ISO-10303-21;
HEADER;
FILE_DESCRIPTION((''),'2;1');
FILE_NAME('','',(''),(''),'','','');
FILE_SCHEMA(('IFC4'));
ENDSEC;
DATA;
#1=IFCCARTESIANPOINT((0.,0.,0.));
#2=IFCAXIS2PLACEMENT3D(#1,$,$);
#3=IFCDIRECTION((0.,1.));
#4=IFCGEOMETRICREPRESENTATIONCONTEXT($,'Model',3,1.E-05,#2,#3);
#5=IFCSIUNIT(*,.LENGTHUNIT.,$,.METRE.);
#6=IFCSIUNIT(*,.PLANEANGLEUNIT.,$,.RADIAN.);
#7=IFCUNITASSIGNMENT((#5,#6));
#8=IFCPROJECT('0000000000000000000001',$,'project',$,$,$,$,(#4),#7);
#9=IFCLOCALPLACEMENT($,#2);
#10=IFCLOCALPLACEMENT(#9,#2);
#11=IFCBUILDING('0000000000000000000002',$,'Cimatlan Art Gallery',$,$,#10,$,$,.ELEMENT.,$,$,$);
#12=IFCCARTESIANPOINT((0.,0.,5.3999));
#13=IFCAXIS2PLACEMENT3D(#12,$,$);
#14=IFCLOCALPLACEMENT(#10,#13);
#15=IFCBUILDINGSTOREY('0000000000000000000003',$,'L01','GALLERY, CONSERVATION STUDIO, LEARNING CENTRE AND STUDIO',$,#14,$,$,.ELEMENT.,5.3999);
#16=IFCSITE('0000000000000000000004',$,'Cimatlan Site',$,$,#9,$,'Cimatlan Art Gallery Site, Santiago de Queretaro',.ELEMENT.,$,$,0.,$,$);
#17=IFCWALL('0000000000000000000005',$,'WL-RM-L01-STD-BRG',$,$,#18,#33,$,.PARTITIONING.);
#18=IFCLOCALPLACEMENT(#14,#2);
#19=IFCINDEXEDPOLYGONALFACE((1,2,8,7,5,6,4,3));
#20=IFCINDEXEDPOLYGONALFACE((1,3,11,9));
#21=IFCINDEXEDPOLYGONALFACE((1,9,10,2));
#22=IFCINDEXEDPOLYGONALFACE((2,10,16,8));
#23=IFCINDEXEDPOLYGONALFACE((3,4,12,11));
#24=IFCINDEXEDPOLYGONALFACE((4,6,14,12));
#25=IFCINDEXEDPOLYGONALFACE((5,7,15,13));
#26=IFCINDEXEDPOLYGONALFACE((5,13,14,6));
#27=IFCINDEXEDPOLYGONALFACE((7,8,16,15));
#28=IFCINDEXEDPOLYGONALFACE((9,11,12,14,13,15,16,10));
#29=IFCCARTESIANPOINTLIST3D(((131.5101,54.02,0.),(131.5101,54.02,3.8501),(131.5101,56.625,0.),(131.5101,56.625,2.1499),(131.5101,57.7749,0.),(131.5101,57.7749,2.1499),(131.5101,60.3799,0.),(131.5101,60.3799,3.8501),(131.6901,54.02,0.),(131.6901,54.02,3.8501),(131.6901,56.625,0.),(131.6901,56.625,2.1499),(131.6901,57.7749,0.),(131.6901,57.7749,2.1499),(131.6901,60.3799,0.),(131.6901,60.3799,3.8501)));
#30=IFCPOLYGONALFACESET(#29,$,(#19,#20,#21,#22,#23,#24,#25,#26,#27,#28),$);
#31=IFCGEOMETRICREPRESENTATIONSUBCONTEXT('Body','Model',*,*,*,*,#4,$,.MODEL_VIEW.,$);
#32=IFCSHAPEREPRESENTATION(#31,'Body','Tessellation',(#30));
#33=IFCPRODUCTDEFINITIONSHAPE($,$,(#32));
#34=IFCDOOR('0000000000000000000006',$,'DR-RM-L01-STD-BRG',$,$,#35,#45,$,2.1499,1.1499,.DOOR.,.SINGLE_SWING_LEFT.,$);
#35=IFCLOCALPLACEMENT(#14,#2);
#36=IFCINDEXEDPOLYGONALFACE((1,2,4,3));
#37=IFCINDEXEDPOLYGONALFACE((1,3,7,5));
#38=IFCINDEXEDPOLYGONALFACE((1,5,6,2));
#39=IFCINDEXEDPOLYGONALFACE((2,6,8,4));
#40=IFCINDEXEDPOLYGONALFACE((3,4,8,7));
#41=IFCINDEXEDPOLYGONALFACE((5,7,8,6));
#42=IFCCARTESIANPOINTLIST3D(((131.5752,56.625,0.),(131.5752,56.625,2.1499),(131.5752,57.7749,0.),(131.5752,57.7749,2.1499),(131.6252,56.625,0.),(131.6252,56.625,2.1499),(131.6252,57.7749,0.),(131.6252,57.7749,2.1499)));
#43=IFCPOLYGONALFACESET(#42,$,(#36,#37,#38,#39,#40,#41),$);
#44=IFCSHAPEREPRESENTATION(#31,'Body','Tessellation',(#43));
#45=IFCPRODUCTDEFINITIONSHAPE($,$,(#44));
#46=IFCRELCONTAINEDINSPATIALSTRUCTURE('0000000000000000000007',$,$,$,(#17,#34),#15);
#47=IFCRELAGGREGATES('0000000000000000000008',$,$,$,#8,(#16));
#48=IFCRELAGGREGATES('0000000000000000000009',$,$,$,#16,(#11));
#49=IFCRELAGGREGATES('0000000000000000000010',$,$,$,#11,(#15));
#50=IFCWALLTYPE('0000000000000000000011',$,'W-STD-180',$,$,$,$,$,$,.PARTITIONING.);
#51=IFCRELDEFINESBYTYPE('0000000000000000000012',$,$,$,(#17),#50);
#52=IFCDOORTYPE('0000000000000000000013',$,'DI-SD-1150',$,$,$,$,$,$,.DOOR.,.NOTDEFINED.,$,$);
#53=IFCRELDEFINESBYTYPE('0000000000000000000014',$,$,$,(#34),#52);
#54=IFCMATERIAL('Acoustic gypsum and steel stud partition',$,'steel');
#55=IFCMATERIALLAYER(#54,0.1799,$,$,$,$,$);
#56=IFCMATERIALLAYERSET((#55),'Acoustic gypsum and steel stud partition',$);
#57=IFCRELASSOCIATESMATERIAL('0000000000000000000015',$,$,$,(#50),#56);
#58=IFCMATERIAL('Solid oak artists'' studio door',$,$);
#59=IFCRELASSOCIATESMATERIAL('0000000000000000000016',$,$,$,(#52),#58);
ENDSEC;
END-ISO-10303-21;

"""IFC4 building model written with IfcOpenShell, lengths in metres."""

from ifc_helpers import new_model, si_unit, direction, frame, frame_2d, origin, place, context, subcontext, project, spatial, rectangle, extrude, material, layer, layer_set, type_object, element, fill, save


model = new_model("IFC4")

# Units and contexts
model_context = context("Model", 3, precision=1e-05, world=origin(), true_north=direction((0.0, 1.0)))
body_context = subcontext(model_context, "Body", "Model", "MODEL_VIEW")
ifc_project = project(units=[si_unit("LENGTHUNIT", "METRE"), si_unit("PLANEANGLEUNIT", "RADIAN")], contexts=[model_context])

# Site, building, storey
site_placement = place(None, origin())
site = spatial("IfcSite", under=ifc_project, at=site_placement, Name="Cimatlan Site", LongName="Cimatlan Art Gallery Site, Santiago de Queretaro", CompositionType="ELEMENT", RefElevation=0.0)
building_placement = place(site_placement, origin())
building = spatial("IfcBuilding", under=site, at=building_placement, Name="Cimatlan Art Gallery", CompositionType="ELEMENT")
storey_placement = place(building_placement, frame((0.0, 0.0, 5.3999)))
storey = spatial("IfcBuildingStorey", under=building, at=storey_placement, Name="L01", Description="GALLERY, CONSERVATION STUDIO, LEARNING CENTRE AND STUDIO", CompositionType="ELEMENT", Elevation=5.3999)

# Wall, opening, door
ifc_material_1 = material(Name="Acoustic gypsum and steel stud partition", Category="steel")
ifc_layer_1 = layer(ifc_material_1, 0.1799)
ifc_layer_set_1 = layer_set([ifc_layer_1], Name="Acoustic gypsum and steel stud partition")
wall_type = type_object("IfcWallType", Name="W-STD-180", PredefinedType="PARTITIONING", material=ifc_layer_set_1)
wall_placement = place(storey_placement, frame((131.6001, 54.02, 0.0), z_axis=(0.0, 0.0, 1.0), x_axis=(0.0, 1.0, 0.0)))
wall = element("IfcWall", 1, at=wall_placement, inside=storey, type_object=wall_type, Name="WL-RM-L01-STD-BRG", PredefinedType="PARTITIONING", context=body_context, shape_type="SweptSolid", body=[
    extrude(rectangle(XDim=6.3599, YDim=0.1799, at=frame_2d((3.1799, 0.0))), origin(), (0.0, 0.0, 1.0), 3.8501),
])
opening_placement = place(wall_placement, frame((2.605, 0.0, 0.0)))
opening = element("IfcOpeningElement", 2, at=opening_placement, cuts=wall, PredefinedType="OPENING", context=body_context, shape_type="SweptSolid", body=[
    extrude(rectangle(XDim=1.1499, YDim=2.1499, at=frame_2d((0.575, 1.075))), frame((0.0, 0.1001, 0.0), z_axis=(0.0, -1.0, 0.0), x_axis=(1.0, 0.0, 0.0)), (0.0, 0.0, 1.0), 0.2),
])
ifc_material_2 = material(Name="Solid oak artists' studio door")
door_type = type_object("IfcDoorType", Name="DI-SD-1150", OperationType="NOTDEFINED", PredefinedType="DOOR", material=ifc_material_2)
door_placement = place(opening_placement, origin())
door = element("IfcDoor", 3, at=door_placement, inside=storey, type_object=door_type, Name="DR-RM-L01-STD-BRG", OperationType="SINGLE_SWING_LEFT", OverallHeight=2.1499, OverallWidth=1.1499, PredefinedType="DOOR", context=body_context, shape_type="SweptSolid", body=[
    extrude(rectangle(XDim=1.1499, YDim=2.1499, at=frame_2d((0.575, 1.075))), frame((0.0, 0.0249, 0.0), z_axis=(0.0, -1.0, 0.0), x_axis=(1.0, 0.0, 0.0)), (0.0, 0.0, 1.0), 0.05),
])
fill(opening, door)

save(model, "model.ifc")
